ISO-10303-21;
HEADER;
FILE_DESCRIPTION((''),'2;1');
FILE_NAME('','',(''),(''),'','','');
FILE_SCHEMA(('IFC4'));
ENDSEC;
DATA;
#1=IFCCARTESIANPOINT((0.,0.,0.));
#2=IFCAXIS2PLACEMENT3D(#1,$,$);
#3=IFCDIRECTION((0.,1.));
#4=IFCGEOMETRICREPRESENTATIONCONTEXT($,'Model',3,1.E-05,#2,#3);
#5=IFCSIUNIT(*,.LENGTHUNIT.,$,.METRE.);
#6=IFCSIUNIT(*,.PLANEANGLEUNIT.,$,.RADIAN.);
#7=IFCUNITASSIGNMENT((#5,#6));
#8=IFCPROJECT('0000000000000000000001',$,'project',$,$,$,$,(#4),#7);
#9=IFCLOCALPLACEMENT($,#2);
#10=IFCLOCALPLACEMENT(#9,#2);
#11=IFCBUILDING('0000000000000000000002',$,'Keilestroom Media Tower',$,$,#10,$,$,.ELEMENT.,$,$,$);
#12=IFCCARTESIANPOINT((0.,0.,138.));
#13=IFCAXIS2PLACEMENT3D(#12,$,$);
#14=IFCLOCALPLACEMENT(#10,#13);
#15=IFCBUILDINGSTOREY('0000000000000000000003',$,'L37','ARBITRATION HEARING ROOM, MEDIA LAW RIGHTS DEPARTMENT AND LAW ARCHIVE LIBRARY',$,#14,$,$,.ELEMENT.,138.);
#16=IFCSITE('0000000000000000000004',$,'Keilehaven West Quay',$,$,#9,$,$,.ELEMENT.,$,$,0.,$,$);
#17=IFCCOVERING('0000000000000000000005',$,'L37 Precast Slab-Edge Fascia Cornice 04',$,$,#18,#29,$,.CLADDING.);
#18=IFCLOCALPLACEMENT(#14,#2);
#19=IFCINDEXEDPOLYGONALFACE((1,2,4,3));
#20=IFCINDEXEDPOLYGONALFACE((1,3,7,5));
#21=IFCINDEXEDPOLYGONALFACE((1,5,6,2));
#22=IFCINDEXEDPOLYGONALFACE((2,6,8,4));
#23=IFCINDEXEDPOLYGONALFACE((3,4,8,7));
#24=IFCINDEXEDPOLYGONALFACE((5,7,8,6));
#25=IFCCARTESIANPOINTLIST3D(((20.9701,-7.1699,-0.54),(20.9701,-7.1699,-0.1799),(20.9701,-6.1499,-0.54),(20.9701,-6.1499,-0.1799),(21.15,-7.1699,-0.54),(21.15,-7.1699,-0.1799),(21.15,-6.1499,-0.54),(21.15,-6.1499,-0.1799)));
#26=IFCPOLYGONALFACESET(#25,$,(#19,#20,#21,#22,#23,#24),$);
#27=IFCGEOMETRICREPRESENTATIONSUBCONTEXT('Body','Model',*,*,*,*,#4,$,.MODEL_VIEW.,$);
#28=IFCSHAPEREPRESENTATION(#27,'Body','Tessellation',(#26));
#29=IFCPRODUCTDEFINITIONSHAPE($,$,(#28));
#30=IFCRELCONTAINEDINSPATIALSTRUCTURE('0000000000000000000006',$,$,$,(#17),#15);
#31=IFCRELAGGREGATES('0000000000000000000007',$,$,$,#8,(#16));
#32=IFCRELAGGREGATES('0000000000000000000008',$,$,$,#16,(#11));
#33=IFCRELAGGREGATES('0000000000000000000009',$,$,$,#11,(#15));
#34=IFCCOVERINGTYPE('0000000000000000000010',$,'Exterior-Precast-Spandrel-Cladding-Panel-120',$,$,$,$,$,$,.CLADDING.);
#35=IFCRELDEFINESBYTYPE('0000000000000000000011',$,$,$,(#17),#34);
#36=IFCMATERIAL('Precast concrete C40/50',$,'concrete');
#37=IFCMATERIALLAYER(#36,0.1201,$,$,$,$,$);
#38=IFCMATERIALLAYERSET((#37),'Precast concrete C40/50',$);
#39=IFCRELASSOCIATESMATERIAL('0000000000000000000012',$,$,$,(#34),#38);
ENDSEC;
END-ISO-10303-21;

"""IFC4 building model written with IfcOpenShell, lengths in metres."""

from ifc_helpers import new_model, si_unit, direction, frame, origin, origin_2d, place, context, subcontext, project, spatial, rectangle, extrude, source, transform, mapped, material, layer, layer_set, type_object, element, save


model = new_model("IFC4")

# Units and contexts
model_context = context("Model", 3, precision=1e-05, world=origin(), true_north=direction((0.0, 1.0)))
body_context = subcontext(model_context, "Body", "Model", "MODEL_VIEW")
ifc_project = project(units=[si_unit("LENGTHUNIT", "METRE"), si_unit("PLANEANGLEUNIT", "RADIAN")], contexts=[model_context])

# Site, building, storey
site_placement = place(None, origin())
site = spatial("IfcSite", under=ifc_project, at=site_placement, Name="Keilehaven West Quay", CompositionType="ELEMENT", RefElevation=0.0)
building_placement = place(site_placement, origin())
building = spatial("IfcBuilding", under=site, at=building_placement, Name="Keilestroom Media Tower", CompositionType="ELEMENT")
storey_placement = place(building_placement, frame((0.0, 0.0, 138.0)))
storey = spatial("IfcBuildingStorey", under=building, at=storey_placement, Name="L37", Description="ARBITRATION HEARING ROOM, MEDIA LAW RIGHTS DEPARTMENT AND LAW ARCHIVE LIBRARY", CompositionType="ELEMENT", Elevation=138.0)

# Shared definitions
ifc_material_1 = material(Name="Precast concrete C40/50", Category="concrete")

# Covering
ifc_layer_1 = layer(ifc_material_1, 0.1201)
ifc_layer_set_1 = layer_set([ifc_layer_1], Name="Precast concrete C40/50")
covering_type = type_object("IfcCoveringType", Name="Exterior-Precast-Spandrel-Cladding-Panel-120", PredefinedType="CLADDING", material=ifc_layer_set_1)
shared_shape_1 = source(origin(), body_context, "Body", "SweptSolid", [
    extrude(rectangle(XDim=1.02, YDim=0.1799, at=origin_2d()), origin(), (0.0, 0.0, 1.0), 0.3601),
])
for number, where, z_axis, x_axis, name in (
    (1, (21.0601, -6.6599, -0.54), (0.0, 0.0, 1.0), (0.0, -1.0, 0.0), "L37 Precast Slab-Edge Fascia Cornice 04"),
):
    element("IfcCovering", number, at=place(storey_placement, frame(where, z_axis=z_axis, x_axis=x_axis)), inside=storey, type_object=covering_type, Name=name, PredefinedType="CLADDING", context=body_context, shape_type="MappedRepresentation", body=[
        mapped(shared_shape_1, transform((0.0, 0.0, 0.0), x_axis=(1.0, 0.0, 0.0), y_axis=(0.0, 1.0, 0.0), z_axis=(0.0, 0.0, 1.0), scale=1.0)),
    ])

save(model, "model.ifc")
